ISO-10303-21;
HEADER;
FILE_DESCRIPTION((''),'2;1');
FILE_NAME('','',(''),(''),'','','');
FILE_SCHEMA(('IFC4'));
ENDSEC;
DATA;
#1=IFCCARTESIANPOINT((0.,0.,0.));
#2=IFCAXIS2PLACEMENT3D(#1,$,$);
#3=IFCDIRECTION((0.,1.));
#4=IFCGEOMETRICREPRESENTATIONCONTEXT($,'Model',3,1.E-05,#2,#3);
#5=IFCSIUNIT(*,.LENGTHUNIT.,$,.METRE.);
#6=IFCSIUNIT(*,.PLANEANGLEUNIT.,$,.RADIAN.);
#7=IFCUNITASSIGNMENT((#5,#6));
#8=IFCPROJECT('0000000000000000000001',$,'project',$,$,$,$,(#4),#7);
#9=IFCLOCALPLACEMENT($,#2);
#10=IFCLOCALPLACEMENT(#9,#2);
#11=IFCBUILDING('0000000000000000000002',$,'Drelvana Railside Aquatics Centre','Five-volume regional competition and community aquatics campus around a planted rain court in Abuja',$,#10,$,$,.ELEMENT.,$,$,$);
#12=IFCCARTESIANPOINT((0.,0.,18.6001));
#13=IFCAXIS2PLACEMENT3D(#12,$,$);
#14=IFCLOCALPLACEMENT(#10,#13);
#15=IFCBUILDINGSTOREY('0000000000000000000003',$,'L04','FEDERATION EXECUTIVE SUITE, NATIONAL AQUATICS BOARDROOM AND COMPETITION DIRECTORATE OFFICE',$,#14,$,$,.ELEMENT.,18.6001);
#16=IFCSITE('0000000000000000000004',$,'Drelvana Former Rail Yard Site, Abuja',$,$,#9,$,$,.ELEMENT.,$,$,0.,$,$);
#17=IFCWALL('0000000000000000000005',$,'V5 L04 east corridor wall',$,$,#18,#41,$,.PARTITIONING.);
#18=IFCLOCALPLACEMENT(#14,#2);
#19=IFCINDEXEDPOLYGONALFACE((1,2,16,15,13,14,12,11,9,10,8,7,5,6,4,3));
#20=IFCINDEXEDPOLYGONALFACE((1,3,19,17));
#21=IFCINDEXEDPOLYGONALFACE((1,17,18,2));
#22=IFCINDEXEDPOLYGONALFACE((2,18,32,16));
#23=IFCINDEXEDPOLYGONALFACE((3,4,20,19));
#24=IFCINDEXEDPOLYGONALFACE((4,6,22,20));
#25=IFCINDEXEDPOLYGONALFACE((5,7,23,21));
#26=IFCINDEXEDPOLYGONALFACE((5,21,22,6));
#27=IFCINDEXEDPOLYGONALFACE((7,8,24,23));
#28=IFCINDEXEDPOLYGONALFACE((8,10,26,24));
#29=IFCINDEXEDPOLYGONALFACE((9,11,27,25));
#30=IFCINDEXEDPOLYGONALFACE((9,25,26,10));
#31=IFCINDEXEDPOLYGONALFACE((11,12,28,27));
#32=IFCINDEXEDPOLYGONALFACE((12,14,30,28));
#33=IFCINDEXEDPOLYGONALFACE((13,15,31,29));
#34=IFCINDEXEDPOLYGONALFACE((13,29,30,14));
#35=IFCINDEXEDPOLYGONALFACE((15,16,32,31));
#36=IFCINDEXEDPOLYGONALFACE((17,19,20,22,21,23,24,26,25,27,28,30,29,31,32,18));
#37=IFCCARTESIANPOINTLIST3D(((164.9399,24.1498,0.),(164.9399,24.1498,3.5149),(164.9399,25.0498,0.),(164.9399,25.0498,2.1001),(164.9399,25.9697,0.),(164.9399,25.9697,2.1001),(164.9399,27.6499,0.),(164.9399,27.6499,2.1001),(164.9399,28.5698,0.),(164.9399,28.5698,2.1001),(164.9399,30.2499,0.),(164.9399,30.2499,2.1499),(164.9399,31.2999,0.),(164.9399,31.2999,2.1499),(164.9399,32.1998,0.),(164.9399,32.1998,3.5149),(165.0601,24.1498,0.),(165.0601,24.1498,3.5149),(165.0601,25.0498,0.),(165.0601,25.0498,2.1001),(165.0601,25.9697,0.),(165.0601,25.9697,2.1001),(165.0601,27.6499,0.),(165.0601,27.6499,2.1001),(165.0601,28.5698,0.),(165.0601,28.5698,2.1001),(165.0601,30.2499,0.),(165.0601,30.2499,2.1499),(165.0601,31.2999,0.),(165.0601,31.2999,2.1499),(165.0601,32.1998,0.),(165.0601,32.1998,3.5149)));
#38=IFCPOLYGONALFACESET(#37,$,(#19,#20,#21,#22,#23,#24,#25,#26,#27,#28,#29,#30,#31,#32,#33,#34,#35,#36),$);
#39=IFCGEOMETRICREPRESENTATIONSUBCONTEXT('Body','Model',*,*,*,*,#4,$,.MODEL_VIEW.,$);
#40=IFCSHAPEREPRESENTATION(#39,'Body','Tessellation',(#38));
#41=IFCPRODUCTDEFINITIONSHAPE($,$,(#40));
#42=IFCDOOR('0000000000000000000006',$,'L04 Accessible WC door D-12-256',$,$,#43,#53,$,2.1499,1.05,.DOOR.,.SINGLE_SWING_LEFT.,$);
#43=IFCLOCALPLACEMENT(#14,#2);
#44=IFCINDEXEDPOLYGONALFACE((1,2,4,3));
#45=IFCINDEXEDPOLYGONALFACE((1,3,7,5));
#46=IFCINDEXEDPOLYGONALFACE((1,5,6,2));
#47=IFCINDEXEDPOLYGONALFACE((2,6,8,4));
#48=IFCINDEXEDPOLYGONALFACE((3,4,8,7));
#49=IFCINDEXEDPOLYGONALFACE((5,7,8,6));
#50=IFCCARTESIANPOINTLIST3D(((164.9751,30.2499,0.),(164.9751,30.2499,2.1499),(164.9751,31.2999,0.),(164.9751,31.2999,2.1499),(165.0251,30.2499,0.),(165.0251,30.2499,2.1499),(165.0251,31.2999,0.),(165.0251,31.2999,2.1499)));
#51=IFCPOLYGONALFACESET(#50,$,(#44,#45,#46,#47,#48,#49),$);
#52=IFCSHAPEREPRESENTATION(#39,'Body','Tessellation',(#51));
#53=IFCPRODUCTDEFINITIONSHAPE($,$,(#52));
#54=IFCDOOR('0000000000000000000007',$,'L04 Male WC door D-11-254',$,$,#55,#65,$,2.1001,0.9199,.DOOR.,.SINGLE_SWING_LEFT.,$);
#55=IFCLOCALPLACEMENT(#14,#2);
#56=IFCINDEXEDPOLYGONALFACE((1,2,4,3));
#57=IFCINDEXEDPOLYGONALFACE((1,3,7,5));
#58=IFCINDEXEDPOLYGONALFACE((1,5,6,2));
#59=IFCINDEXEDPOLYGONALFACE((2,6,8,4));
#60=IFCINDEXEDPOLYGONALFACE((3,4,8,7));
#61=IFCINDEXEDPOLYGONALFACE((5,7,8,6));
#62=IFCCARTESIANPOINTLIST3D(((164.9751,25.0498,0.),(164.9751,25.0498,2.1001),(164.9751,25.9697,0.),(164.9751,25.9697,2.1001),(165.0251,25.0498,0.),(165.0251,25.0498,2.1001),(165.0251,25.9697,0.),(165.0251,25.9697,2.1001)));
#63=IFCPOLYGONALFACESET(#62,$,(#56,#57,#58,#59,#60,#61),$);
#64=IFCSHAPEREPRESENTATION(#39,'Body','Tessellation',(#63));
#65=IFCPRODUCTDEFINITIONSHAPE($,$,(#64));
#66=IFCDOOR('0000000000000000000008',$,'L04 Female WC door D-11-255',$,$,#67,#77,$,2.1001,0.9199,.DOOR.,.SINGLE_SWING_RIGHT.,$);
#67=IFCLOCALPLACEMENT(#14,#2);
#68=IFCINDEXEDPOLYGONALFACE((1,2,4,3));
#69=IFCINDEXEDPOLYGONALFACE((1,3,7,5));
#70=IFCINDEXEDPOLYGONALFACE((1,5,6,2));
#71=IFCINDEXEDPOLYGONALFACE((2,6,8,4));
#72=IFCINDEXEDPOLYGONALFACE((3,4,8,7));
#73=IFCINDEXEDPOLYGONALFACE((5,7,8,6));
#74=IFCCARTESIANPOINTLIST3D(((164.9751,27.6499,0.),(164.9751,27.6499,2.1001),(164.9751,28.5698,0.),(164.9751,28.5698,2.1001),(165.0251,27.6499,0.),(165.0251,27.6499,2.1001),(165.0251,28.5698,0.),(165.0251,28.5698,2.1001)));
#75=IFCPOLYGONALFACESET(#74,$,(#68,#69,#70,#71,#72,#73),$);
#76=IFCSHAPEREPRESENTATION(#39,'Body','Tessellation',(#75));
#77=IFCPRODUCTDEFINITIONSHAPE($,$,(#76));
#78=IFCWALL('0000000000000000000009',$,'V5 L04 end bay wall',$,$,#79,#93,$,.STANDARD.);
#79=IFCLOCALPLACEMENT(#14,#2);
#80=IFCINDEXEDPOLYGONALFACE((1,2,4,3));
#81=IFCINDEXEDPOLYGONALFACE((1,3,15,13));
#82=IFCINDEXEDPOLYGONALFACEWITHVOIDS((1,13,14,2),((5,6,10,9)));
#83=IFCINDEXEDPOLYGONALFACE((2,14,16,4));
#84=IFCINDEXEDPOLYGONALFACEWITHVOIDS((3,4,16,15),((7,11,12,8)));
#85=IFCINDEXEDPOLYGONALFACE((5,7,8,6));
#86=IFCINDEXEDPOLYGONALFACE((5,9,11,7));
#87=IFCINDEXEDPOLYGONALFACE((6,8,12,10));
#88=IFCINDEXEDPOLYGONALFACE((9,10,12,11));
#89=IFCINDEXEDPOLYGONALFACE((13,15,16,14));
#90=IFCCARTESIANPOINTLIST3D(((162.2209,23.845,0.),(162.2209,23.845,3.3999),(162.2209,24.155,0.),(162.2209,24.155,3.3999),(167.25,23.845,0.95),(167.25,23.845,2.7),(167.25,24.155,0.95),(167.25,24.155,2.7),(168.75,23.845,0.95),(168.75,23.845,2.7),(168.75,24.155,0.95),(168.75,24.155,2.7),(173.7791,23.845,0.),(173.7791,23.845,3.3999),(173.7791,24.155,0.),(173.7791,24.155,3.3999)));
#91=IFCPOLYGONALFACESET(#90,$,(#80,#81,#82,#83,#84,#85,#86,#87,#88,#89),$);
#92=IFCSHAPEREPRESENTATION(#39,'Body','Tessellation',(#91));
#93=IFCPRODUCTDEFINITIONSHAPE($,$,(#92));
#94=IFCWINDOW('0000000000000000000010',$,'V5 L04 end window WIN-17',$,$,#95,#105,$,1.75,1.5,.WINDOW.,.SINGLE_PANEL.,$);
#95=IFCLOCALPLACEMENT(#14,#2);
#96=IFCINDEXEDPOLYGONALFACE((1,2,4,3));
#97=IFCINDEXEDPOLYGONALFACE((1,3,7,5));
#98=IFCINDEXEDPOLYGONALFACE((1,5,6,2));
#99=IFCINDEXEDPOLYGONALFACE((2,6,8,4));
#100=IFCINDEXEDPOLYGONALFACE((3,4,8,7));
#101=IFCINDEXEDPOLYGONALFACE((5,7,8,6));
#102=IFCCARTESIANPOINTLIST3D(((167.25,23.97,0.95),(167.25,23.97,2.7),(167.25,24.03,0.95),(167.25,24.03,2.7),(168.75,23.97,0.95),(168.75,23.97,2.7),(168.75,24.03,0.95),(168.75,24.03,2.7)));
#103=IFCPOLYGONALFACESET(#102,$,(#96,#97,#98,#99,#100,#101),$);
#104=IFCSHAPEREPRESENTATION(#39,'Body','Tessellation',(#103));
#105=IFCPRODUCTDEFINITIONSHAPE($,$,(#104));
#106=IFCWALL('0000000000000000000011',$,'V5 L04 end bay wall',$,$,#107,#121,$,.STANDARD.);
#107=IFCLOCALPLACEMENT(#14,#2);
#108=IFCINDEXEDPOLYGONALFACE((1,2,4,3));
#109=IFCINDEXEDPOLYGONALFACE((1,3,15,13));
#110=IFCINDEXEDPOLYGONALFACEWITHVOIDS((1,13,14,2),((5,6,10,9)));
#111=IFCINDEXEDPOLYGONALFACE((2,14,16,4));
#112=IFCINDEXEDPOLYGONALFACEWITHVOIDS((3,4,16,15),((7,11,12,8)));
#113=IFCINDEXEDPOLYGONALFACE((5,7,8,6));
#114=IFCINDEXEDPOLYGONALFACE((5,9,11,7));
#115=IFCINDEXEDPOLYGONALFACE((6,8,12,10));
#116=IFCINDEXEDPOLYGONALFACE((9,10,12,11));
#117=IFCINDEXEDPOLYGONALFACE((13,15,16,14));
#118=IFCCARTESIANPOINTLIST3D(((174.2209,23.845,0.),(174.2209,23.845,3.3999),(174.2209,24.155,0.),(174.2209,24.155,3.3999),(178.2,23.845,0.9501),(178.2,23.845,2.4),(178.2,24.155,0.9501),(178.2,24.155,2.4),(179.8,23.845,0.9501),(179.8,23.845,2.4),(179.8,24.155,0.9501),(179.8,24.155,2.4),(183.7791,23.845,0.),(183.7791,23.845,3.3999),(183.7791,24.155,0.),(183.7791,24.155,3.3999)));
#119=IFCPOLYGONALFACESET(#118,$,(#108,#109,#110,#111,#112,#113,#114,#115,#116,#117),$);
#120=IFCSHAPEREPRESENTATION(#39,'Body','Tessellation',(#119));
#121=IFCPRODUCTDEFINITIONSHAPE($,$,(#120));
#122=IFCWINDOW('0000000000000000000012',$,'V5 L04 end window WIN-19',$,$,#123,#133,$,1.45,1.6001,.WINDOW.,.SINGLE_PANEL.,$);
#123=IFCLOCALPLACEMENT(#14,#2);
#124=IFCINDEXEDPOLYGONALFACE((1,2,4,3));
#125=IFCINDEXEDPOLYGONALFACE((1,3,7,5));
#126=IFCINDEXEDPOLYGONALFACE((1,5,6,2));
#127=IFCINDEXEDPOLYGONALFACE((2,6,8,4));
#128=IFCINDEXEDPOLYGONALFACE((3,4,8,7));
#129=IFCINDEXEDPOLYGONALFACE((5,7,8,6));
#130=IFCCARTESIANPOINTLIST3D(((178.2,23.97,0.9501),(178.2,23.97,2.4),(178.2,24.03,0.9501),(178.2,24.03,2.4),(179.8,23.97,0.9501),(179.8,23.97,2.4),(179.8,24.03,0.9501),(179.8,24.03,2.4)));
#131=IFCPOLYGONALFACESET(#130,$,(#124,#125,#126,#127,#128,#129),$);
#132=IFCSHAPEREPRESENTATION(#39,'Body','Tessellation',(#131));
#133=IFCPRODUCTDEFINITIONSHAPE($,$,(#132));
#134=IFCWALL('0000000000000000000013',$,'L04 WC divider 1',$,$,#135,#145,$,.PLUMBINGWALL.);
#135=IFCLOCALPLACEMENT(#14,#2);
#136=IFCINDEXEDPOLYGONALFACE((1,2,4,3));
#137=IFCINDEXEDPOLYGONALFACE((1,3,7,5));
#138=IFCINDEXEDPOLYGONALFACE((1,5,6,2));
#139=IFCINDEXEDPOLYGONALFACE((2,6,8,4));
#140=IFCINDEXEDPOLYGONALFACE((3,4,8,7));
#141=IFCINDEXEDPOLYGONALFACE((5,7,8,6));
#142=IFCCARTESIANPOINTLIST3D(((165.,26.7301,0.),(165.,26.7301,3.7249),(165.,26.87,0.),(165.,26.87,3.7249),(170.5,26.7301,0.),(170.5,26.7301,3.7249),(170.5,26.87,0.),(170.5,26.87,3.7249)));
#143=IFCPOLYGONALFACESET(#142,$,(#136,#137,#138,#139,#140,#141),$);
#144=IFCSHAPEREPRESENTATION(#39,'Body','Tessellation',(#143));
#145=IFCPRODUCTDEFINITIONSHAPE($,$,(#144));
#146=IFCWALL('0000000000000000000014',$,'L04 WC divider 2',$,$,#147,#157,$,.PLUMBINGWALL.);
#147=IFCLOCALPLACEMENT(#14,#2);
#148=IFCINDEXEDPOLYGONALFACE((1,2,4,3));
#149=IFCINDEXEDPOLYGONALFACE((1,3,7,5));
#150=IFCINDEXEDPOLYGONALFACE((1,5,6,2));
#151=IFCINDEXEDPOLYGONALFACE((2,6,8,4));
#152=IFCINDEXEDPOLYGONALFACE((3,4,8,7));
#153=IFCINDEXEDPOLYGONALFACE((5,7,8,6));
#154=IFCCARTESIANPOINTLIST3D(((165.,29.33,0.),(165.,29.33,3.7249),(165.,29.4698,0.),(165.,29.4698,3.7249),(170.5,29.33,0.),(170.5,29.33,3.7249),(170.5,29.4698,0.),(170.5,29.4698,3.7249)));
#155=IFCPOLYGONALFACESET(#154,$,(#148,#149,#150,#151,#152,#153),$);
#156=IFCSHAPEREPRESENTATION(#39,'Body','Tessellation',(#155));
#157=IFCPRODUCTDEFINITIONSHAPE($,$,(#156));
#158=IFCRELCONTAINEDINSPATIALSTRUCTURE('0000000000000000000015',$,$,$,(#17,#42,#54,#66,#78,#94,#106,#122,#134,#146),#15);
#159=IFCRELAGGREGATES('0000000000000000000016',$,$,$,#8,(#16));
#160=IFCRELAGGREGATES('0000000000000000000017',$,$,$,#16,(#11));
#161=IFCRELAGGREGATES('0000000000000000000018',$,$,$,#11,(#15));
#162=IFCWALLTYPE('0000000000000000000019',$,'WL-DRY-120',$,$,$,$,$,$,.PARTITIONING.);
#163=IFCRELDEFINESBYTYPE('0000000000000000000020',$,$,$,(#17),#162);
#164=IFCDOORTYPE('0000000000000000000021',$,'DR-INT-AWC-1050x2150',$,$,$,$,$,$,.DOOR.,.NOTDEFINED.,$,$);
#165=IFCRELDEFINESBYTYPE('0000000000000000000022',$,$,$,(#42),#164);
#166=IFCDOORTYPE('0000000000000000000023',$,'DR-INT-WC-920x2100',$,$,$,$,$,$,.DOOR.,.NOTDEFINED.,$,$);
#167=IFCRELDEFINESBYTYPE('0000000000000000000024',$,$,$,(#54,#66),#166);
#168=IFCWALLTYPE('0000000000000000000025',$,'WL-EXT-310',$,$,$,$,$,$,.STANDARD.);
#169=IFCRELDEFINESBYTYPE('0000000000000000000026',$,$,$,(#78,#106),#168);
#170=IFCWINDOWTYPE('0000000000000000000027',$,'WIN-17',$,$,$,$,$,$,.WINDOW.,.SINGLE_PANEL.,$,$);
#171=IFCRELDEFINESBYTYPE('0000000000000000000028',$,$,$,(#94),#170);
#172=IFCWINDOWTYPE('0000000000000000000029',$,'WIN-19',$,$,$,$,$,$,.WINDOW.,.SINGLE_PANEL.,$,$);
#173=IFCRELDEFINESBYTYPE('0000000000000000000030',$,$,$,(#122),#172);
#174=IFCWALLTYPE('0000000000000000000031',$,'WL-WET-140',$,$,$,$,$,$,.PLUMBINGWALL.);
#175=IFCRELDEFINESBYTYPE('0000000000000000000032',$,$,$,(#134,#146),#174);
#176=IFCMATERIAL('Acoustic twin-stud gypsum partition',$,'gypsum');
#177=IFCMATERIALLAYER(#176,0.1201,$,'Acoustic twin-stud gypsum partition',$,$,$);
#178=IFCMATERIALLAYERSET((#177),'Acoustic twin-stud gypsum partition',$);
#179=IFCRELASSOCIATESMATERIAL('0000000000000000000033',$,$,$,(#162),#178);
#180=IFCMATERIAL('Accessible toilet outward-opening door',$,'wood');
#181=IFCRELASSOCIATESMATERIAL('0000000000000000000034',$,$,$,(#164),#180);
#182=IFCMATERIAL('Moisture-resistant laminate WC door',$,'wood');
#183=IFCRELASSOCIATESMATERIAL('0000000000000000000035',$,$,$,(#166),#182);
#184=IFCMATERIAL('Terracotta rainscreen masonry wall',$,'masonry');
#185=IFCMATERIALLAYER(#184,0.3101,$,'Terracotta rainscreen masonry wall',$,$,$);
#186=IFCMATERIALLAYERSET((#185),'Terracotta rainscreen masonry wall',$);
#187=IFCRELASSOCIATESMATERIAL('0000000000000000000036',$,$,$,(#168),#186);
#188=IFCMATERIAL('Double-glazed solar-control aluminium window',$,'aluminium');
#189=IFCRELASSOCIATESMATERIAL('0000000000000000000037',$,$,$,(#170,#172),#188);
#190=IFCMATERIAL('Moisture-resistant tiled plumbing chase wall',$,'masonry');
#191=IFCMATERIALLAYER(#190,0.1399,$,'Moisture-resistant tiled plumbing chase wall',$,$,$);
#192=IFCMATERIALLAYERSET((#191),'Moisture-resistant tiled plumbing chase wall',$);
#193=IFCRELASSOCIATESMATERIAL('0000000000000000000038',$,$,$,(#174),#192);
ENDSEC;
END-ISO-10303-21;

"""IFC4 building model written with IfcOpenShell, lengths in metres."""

from ifc_helpers import new_model, si_unit, direction, frame, frame_2d, origin, place, context, subcontext, project, spatial, rectangle, extrude, material, layer, layer_set, type_object, element, fill, save


model = new_model("IFC4")

# Units and contexts
model_context = context("Model", 3, precision=1e-05, world=origin(), true_north=direction((0.0, 1.0)))
body_context = subcontext(model_context, "Body", "Model", "MODEL_VIEW")
ifc_project = project(units=[si_unit("LENGTHUNIT", "METRE"), si_unit("PLANEANGLEUNIT", "RADIAN")], contexts=[model_context])

# Site, building, storey
site_placement = place(None, origin())
site = spatial("IfcSite", under=ifc_project, at=site_placement, Name="Drelvana Former Rail Yard Site, Abuja", CompositionType="ELEMENT", RefElevation=0.0)
building_placement = place(site_placement, origin())
building = spatial("IfcBuilding", under=site, at=building_placement, Name="Drelvana Railside Aquatics Centre", Description="Five-volume regional competition and community aquatics campus around a planted rain court in Abuja", CompositionType="ELEMENT")
storey_placement = place(building_placement, frame((0.0, 0.0, 18.6001)))
storey = spatial("IfcBuildingStorey", under=building, at=storey_placement, Name="L04", Description="FEDERATION EXECUTIVE SUITE, NATIONAL AQUATICS BOARDROOM AND COMPETITION DIRECTORATE OFFICE", CompositionType="ELEMENT", Elevation=18.6001)

# Wall, openings, doors
ifc_material_1 = material(Name="Acoustic twin-stud gypsum partition", Category="gypsum")
ifc_layer_1 = layer(ifc_material_1, 0.1201, Name="Acoustic twin-stud gypsum partition")
ifc_layer_set_1 = layer_set([ifc_layer_1], Name="Acoustic twin-stud gypsum partition")
wall_type_1 = type_object("IfcWallType", Name="WL-DRY-120", PredefinedType="PARTITIONING", material=ifc_layer_set_1)
wall_1_placement = place(storey_placement, frame((165.0, 24.1499, 0.0), z_axis=(0.0, 0.0, 1.0), x_axis=(0.0, 1.0, 0.0)))
wall_1 = element("IfcWall", 1, at=wall_1_placement, inside=storey, type_object=wall_type_1, Name="V5 L04 east corridor wall", PredefinedType="PARTITIONING", context=body_context, shape_type="SweptSolid", body=[
    extrude(rectangle(XDim=8.05, YDim=0.1201, at=frame_2d((4.0249, 0.0))), origin(), (0.0, 0.0, 1.0), 3.5149),
])
opening_1_placement = place(wall_1_placement, frame((0.8999, 0.0, 0.0)))
opening_1 = element("IfcOpeningElement", 2, at=opening_1_placement, cuts=wall_1, PredefinedType="OPENING", context=body_context, shape_type="SweptSolid", body=[
    extrude(rectangle(XDim=0.9199, YDim=2.1001, at=frame_2d((0.46, 1.05))), frame((0.0, 0.0701, 0.0), z_axis=(0.0, -1.0, 0.0), x_axis=(1.0, 0.0, 0.0)), (0.0, 0.0, 1.0), 0.1401),
])
opening_2_placement = place(wall_1_placement, frame((3.5, 0.0, 0.0)))
opening_2 = element("IfcOpeningElement", 3, at=opening_2_placement, cuts=wall_1, PredefinedType="OPENING", context=body_context, shape_type="SweptSolid", body=[
    extrude(rectangle(XDim=0.9199, YDim=2.1001, at=frame_2d((0.46, 1.05))), frame((0.0, 0.0701, 0.0), z_axis=(0.0, -1.0, 0.0), x_axis=(1.0, 0.0, 0.0)), (0.0, 0.0, 1.0), 0.1401),
])
opening_3_placement = place(wall_1_placement, frame((6.1001, 0.0, 0.0)))
opening_3 = element("IfcOpeningElement", 4, at=opening_3_placement, cuts=wall_1, PredefinedType="OPENING", context=body_context, shape_type="SweptSolid", body=[
    extrude(rectangle(XDim=1.05, YDim=2.1499, at=frame_2d((0.5249, 1.075))), frame((0.0, 0.0701, 0.0), z_axis=(0.0, -1.0, 0.0), x_axis=(1.0, 0.0, 0.0)), (0.0, 0.0, 1.0), 0.1401),
])
ifc_material_2 = material(Name="Accessible toilet outward-opening door", Category="wood")
door_type_1 = type_object("IfcDoorType", Name="DR-INT-AWC-1050x2150", OperationType="NOTDEFINED", PredefinedType="DOOR", material=ifc_material_2)
door_1_placement = place(opening_3_placement, origin())
door_1 = element("IfcDoor", 5, at=door_1_placement, inside=storey, type_object=door_type_1, Name="L04 Accessible WC door D-12-256", OperationType="SINGLE_SWING_LEFT", OverallHeight=2.1499, OverallWidth=1.05, PredefinedType="DOOR", context=body_context, shape_type="SweptSolid", body=[
    extrude(rectangle(XDim=1.05, YDim=2.1499, at=frame_2d((0.5249, 1.075))), frame((0.0, 0.0249, 0.0), z_axis=(0.0, -1.0, 0.0), x_axis=(1.0, 0.0, 0.0)), (0.0, 0.0, 1.0), 0.05),
])
fill(opening_3, door_1)
ifc_material_3 = material(Name="Moisture-resistant laminate WC door", Category="wood")
door_type_2 = type_object("IfcDoorType", Name="DR-INT-WC-920x2100", OperationType="NOTDEFINED", PredefinedType="DOOR", material=ifc_material_3)
door_2_placement = place(opening_1_placement, origin())
door_2 = element("IfcDoor", 6, at=door_2_placement, inside=storey, type_object=door_type_2, Name="L04 Male WC door D-11-254", OperationType="SINGLE_SWING_LEFT", OverallHeight=2.1001, OverallWidth=0.9199, PredefinedType="DOOR", context=body_context, shape_type="SweptSolid", body=[
    extrude(rectangle(XDim=0.9199, YDim=2.1001, at=frame_2d((0.46, 1.05))), frame((0.0, 0.0249, 0.0), z_axis=(0.0, -1.0, 0.0), x_axis=(1.0, 0.0, 0.0)), (0.0, 0.0, 1.0), 0.05),
])
fill(opening_1, door_2)
door_3_placement = place(opening_2_placement, origin())
door_3 = element("IfcDoor", 7, at=door_3_placement, inside=storey, type_object=door_type_2, Name="L04 Female WC door D-11-255", OperationType="SINGLE_SWING_RIGHT", OverallHeight=2.1001, OverallWidth=0.9199, PredefinedType="DOOR", context=body_context, shape_type="SweptSolid", body=[
    extrude(rectangle(XDim=0.9199, YDim=2.1001, at=frame_2d((0.46, 1.05))), frame((0.0, 0.0249, 0.0), z_axis=(0.0, -1.0, 0.0), x_axis=(1.0, 0.0, 0.0)), (0.0, 0.0, 1.0), 0.05),
])
fill(opening_2, door_3)

# Walls, openings, windows
ifc_material_4 = material(Name="Terracotta rainscreen masonry wall", Category="masonry")
ifc_layer_2 = layer(ifc_material_4, 0.3101, Name="Terracotta rainscreen masonry wall")
ifc_layer_set_2 = layer_set([ifc_layer_2], Name="Terracotta rainscreen masonry wall")
wall_type_2 = type_object("IfcWallType", Name="WL-EXT-310", PredefinedType="STANDARD", material=ifc_layer_set_2)
wall_2_placement = place(storey_placement, frame((162.2209, 24.0, 0.0), z_axis=(0.0, 0.0, 1.0), x_axis=(1.0, 0.0, 0.0)))
wall_2 = element("IfcWall", 8, at=wall_2_placement, inside=storey, type_object=wall_type_2, Name="V5 L04 end bay wall", PredefinedType="STANDARD", context=body_context, shape_type="SweptSolid", body=[
    extrude(rectangle(XDim=11.5581, YDim=0.3101, at=frame_2d((5.7791, 0.0))), origin(), (0.0, 0.0, 1.0), 3.3999),
])
opening_4_placement = place(wall_2_placement, frame((5.0291, 0.0, 0.95)))
opening_4 = element("IfcOpeningElement", 9, at=opening_4_placement, cuts=wall_2, PredefinedType="OPENING", context=body_context, shape_type="SweptSolid", body=[
    extrude(rectangle(XDim=1.5, YDim=1.75, at=frame_2d((0.75, 0.875))), frame((0.0, 0.165, 0.0), z_axis=(0.0, -1.0, 0.0), x_axis=(1.0, 0.0, 0.0)), (0.0, 0.0, 1.0), 0.3301),
])
ifc_material_5 = material(Name="Double-glazed solar-control aluminium window", Category="aluminium")
window_type_1 = type_object("IfcWindowType", Name="WIN-17", PartitioningType="SINGLE_PANEL", PredefinedType="WINDOW", material=ifc_material_5)
window_1_placement = place(opening_4_placement, origin())
window_1 = element("IfcWindow", 10, at=window_1_placement, inside=storey, type_object=window_type_1, Name="V5 L04 end window WIN-17", OverallHeight=1.75, OverallWidth=1.5, PartitioningType="SINGLE_PANEL", PredefinedType="WINDOW", context=body_context, shape_type="SweptSolid", body=[
    extrude(rectangle(XDim=1.5, YDim=1.75, at=frame_2d((0.75, 0.875))), frame((0.0, 0.03, 0.0), z_axis=(0.0, -1.0, 0.0), x_axis=(1.0, 0.0, 0.0)), (0.0, 0.0, 1.0), 0.0601),
])
fill(opening_4, window_1)
wall_3_placement = place(storey_placement, frame((174.2209, 24.0, 0.0), z_axis=(0.0, 0.0, 1.0), x_axis=(1.0, 0.0, 0.0)))
wall_3 = element("IfcWall", 11, at=wall_3_placement, inside=storey, type_object=wall_type_2, Name="V5 L04 end bay wall", PredefinedType="STANDARD", context=body_context, shape_type="SweptSolid", body=[
    extrude(rectangle(XDim=9.5581, YDim=0.3101, at=frame_2d((4.7791, 0.0))), origin(), (0.0, 0.0, 1.0), 3.3999),
])
opening_5_placement = place(wall_3_placement, frame((3.979, 0.0, 0.95)))
opening_5 = element("IfcOpeningElement", 12, at=opening_5_placement, cuts=wall_3, PredefinedType="OPENING", context=body_context, shape_type="SweptSolid", body=[
    extrude(rectangle(XDim=1.6001, YDim=1.45, at=frame_2d((0.8, 0.7251))), frame((0.0, 0.165, 0.0), z_axis=(0.0, -1.0, 0.0), x_axis=(1.0, 0.0, 0.0)), (0.0, 0.0, 1.0), 0.3301),
])
window_type_2 = type_object("IfcWindowType", Name="WIN-19", PartitioningType="SINGLE_PANEL", PredefinedType="WINDOW", material=ifc_material_5)
window_2_placement = place(opening_5_placement, origin())
window_2 = element("IfcWindow", 13, at=window_2_placement, inside=storey, type_object=window_type_2, Name="V5 L04 end window WIN-19", OverallHeight=1.45, OverallWidth=1.6001, PartitioningType="SINGLE_PANEL", PredefinedType="WINDOW", context=body_context, shape_type="SweptSolid", body=[
    extrude(rectangle(XDim=1.6001, YDim=1.45, at=frame_2d((0.8, 0.7251))), frame((0.0, 0.03, 0.0), z_axis=(0.0, -1.0, 0.0), x_axis=(1.0, 0.0, 0.0)), (0.0, 0.0, 1.0), 0.0601),
])
fill(opening_5, window_2)

# Walls
ifc_material_6 = material(Name="Moisture-resistant tiled plumbing chase wall", Category="masonry")
ifc_layer_3 = layer(ifc_material_6, 0.1399, Name="Moisture-resistant tiled plumbing chase wall")
ifc_layer_set_3 = layer_set([ifc_layer_3], Name="Moisture-resistant tiled plumbing chase wall")
wall_type_3 = type_object("IfcWallType", Name="WL-WET-140", PredefinedType="PLUMBINGWALL", material=ifc_layer_set_3)
for number, where, z_axis, x_axis, name in (
    (14, (165.0, 26.8, 0.0), (0.0, 0.0, 1.0), (1.0, 0.0, 0.0), "L04 WC divider 1"),
    (15, (165.0, 29.3999, 0.0), (0.0, 0.0, 1.0), (1.0, 0.0, 0.0), "L04 WC divider 2"),
):
    element("IfcWall", number, at=place(storey_placement, frame(where, z_axis=z_axis, x_axis=x_axis)), inside=storey, type_object=wall_type_3, Name=name, PredefinedType="PLUMBINGWALL", context=body_context, shape_type="SweptSolid", body=[
        extrude(rectangle(XDim=5.5, YDim=0.1399, at=frame_2d((2.75, 0.0))), origin(), (0.0, 0.0, 1.0), 3.7249),
    ])

save(model, "model.ifc")
